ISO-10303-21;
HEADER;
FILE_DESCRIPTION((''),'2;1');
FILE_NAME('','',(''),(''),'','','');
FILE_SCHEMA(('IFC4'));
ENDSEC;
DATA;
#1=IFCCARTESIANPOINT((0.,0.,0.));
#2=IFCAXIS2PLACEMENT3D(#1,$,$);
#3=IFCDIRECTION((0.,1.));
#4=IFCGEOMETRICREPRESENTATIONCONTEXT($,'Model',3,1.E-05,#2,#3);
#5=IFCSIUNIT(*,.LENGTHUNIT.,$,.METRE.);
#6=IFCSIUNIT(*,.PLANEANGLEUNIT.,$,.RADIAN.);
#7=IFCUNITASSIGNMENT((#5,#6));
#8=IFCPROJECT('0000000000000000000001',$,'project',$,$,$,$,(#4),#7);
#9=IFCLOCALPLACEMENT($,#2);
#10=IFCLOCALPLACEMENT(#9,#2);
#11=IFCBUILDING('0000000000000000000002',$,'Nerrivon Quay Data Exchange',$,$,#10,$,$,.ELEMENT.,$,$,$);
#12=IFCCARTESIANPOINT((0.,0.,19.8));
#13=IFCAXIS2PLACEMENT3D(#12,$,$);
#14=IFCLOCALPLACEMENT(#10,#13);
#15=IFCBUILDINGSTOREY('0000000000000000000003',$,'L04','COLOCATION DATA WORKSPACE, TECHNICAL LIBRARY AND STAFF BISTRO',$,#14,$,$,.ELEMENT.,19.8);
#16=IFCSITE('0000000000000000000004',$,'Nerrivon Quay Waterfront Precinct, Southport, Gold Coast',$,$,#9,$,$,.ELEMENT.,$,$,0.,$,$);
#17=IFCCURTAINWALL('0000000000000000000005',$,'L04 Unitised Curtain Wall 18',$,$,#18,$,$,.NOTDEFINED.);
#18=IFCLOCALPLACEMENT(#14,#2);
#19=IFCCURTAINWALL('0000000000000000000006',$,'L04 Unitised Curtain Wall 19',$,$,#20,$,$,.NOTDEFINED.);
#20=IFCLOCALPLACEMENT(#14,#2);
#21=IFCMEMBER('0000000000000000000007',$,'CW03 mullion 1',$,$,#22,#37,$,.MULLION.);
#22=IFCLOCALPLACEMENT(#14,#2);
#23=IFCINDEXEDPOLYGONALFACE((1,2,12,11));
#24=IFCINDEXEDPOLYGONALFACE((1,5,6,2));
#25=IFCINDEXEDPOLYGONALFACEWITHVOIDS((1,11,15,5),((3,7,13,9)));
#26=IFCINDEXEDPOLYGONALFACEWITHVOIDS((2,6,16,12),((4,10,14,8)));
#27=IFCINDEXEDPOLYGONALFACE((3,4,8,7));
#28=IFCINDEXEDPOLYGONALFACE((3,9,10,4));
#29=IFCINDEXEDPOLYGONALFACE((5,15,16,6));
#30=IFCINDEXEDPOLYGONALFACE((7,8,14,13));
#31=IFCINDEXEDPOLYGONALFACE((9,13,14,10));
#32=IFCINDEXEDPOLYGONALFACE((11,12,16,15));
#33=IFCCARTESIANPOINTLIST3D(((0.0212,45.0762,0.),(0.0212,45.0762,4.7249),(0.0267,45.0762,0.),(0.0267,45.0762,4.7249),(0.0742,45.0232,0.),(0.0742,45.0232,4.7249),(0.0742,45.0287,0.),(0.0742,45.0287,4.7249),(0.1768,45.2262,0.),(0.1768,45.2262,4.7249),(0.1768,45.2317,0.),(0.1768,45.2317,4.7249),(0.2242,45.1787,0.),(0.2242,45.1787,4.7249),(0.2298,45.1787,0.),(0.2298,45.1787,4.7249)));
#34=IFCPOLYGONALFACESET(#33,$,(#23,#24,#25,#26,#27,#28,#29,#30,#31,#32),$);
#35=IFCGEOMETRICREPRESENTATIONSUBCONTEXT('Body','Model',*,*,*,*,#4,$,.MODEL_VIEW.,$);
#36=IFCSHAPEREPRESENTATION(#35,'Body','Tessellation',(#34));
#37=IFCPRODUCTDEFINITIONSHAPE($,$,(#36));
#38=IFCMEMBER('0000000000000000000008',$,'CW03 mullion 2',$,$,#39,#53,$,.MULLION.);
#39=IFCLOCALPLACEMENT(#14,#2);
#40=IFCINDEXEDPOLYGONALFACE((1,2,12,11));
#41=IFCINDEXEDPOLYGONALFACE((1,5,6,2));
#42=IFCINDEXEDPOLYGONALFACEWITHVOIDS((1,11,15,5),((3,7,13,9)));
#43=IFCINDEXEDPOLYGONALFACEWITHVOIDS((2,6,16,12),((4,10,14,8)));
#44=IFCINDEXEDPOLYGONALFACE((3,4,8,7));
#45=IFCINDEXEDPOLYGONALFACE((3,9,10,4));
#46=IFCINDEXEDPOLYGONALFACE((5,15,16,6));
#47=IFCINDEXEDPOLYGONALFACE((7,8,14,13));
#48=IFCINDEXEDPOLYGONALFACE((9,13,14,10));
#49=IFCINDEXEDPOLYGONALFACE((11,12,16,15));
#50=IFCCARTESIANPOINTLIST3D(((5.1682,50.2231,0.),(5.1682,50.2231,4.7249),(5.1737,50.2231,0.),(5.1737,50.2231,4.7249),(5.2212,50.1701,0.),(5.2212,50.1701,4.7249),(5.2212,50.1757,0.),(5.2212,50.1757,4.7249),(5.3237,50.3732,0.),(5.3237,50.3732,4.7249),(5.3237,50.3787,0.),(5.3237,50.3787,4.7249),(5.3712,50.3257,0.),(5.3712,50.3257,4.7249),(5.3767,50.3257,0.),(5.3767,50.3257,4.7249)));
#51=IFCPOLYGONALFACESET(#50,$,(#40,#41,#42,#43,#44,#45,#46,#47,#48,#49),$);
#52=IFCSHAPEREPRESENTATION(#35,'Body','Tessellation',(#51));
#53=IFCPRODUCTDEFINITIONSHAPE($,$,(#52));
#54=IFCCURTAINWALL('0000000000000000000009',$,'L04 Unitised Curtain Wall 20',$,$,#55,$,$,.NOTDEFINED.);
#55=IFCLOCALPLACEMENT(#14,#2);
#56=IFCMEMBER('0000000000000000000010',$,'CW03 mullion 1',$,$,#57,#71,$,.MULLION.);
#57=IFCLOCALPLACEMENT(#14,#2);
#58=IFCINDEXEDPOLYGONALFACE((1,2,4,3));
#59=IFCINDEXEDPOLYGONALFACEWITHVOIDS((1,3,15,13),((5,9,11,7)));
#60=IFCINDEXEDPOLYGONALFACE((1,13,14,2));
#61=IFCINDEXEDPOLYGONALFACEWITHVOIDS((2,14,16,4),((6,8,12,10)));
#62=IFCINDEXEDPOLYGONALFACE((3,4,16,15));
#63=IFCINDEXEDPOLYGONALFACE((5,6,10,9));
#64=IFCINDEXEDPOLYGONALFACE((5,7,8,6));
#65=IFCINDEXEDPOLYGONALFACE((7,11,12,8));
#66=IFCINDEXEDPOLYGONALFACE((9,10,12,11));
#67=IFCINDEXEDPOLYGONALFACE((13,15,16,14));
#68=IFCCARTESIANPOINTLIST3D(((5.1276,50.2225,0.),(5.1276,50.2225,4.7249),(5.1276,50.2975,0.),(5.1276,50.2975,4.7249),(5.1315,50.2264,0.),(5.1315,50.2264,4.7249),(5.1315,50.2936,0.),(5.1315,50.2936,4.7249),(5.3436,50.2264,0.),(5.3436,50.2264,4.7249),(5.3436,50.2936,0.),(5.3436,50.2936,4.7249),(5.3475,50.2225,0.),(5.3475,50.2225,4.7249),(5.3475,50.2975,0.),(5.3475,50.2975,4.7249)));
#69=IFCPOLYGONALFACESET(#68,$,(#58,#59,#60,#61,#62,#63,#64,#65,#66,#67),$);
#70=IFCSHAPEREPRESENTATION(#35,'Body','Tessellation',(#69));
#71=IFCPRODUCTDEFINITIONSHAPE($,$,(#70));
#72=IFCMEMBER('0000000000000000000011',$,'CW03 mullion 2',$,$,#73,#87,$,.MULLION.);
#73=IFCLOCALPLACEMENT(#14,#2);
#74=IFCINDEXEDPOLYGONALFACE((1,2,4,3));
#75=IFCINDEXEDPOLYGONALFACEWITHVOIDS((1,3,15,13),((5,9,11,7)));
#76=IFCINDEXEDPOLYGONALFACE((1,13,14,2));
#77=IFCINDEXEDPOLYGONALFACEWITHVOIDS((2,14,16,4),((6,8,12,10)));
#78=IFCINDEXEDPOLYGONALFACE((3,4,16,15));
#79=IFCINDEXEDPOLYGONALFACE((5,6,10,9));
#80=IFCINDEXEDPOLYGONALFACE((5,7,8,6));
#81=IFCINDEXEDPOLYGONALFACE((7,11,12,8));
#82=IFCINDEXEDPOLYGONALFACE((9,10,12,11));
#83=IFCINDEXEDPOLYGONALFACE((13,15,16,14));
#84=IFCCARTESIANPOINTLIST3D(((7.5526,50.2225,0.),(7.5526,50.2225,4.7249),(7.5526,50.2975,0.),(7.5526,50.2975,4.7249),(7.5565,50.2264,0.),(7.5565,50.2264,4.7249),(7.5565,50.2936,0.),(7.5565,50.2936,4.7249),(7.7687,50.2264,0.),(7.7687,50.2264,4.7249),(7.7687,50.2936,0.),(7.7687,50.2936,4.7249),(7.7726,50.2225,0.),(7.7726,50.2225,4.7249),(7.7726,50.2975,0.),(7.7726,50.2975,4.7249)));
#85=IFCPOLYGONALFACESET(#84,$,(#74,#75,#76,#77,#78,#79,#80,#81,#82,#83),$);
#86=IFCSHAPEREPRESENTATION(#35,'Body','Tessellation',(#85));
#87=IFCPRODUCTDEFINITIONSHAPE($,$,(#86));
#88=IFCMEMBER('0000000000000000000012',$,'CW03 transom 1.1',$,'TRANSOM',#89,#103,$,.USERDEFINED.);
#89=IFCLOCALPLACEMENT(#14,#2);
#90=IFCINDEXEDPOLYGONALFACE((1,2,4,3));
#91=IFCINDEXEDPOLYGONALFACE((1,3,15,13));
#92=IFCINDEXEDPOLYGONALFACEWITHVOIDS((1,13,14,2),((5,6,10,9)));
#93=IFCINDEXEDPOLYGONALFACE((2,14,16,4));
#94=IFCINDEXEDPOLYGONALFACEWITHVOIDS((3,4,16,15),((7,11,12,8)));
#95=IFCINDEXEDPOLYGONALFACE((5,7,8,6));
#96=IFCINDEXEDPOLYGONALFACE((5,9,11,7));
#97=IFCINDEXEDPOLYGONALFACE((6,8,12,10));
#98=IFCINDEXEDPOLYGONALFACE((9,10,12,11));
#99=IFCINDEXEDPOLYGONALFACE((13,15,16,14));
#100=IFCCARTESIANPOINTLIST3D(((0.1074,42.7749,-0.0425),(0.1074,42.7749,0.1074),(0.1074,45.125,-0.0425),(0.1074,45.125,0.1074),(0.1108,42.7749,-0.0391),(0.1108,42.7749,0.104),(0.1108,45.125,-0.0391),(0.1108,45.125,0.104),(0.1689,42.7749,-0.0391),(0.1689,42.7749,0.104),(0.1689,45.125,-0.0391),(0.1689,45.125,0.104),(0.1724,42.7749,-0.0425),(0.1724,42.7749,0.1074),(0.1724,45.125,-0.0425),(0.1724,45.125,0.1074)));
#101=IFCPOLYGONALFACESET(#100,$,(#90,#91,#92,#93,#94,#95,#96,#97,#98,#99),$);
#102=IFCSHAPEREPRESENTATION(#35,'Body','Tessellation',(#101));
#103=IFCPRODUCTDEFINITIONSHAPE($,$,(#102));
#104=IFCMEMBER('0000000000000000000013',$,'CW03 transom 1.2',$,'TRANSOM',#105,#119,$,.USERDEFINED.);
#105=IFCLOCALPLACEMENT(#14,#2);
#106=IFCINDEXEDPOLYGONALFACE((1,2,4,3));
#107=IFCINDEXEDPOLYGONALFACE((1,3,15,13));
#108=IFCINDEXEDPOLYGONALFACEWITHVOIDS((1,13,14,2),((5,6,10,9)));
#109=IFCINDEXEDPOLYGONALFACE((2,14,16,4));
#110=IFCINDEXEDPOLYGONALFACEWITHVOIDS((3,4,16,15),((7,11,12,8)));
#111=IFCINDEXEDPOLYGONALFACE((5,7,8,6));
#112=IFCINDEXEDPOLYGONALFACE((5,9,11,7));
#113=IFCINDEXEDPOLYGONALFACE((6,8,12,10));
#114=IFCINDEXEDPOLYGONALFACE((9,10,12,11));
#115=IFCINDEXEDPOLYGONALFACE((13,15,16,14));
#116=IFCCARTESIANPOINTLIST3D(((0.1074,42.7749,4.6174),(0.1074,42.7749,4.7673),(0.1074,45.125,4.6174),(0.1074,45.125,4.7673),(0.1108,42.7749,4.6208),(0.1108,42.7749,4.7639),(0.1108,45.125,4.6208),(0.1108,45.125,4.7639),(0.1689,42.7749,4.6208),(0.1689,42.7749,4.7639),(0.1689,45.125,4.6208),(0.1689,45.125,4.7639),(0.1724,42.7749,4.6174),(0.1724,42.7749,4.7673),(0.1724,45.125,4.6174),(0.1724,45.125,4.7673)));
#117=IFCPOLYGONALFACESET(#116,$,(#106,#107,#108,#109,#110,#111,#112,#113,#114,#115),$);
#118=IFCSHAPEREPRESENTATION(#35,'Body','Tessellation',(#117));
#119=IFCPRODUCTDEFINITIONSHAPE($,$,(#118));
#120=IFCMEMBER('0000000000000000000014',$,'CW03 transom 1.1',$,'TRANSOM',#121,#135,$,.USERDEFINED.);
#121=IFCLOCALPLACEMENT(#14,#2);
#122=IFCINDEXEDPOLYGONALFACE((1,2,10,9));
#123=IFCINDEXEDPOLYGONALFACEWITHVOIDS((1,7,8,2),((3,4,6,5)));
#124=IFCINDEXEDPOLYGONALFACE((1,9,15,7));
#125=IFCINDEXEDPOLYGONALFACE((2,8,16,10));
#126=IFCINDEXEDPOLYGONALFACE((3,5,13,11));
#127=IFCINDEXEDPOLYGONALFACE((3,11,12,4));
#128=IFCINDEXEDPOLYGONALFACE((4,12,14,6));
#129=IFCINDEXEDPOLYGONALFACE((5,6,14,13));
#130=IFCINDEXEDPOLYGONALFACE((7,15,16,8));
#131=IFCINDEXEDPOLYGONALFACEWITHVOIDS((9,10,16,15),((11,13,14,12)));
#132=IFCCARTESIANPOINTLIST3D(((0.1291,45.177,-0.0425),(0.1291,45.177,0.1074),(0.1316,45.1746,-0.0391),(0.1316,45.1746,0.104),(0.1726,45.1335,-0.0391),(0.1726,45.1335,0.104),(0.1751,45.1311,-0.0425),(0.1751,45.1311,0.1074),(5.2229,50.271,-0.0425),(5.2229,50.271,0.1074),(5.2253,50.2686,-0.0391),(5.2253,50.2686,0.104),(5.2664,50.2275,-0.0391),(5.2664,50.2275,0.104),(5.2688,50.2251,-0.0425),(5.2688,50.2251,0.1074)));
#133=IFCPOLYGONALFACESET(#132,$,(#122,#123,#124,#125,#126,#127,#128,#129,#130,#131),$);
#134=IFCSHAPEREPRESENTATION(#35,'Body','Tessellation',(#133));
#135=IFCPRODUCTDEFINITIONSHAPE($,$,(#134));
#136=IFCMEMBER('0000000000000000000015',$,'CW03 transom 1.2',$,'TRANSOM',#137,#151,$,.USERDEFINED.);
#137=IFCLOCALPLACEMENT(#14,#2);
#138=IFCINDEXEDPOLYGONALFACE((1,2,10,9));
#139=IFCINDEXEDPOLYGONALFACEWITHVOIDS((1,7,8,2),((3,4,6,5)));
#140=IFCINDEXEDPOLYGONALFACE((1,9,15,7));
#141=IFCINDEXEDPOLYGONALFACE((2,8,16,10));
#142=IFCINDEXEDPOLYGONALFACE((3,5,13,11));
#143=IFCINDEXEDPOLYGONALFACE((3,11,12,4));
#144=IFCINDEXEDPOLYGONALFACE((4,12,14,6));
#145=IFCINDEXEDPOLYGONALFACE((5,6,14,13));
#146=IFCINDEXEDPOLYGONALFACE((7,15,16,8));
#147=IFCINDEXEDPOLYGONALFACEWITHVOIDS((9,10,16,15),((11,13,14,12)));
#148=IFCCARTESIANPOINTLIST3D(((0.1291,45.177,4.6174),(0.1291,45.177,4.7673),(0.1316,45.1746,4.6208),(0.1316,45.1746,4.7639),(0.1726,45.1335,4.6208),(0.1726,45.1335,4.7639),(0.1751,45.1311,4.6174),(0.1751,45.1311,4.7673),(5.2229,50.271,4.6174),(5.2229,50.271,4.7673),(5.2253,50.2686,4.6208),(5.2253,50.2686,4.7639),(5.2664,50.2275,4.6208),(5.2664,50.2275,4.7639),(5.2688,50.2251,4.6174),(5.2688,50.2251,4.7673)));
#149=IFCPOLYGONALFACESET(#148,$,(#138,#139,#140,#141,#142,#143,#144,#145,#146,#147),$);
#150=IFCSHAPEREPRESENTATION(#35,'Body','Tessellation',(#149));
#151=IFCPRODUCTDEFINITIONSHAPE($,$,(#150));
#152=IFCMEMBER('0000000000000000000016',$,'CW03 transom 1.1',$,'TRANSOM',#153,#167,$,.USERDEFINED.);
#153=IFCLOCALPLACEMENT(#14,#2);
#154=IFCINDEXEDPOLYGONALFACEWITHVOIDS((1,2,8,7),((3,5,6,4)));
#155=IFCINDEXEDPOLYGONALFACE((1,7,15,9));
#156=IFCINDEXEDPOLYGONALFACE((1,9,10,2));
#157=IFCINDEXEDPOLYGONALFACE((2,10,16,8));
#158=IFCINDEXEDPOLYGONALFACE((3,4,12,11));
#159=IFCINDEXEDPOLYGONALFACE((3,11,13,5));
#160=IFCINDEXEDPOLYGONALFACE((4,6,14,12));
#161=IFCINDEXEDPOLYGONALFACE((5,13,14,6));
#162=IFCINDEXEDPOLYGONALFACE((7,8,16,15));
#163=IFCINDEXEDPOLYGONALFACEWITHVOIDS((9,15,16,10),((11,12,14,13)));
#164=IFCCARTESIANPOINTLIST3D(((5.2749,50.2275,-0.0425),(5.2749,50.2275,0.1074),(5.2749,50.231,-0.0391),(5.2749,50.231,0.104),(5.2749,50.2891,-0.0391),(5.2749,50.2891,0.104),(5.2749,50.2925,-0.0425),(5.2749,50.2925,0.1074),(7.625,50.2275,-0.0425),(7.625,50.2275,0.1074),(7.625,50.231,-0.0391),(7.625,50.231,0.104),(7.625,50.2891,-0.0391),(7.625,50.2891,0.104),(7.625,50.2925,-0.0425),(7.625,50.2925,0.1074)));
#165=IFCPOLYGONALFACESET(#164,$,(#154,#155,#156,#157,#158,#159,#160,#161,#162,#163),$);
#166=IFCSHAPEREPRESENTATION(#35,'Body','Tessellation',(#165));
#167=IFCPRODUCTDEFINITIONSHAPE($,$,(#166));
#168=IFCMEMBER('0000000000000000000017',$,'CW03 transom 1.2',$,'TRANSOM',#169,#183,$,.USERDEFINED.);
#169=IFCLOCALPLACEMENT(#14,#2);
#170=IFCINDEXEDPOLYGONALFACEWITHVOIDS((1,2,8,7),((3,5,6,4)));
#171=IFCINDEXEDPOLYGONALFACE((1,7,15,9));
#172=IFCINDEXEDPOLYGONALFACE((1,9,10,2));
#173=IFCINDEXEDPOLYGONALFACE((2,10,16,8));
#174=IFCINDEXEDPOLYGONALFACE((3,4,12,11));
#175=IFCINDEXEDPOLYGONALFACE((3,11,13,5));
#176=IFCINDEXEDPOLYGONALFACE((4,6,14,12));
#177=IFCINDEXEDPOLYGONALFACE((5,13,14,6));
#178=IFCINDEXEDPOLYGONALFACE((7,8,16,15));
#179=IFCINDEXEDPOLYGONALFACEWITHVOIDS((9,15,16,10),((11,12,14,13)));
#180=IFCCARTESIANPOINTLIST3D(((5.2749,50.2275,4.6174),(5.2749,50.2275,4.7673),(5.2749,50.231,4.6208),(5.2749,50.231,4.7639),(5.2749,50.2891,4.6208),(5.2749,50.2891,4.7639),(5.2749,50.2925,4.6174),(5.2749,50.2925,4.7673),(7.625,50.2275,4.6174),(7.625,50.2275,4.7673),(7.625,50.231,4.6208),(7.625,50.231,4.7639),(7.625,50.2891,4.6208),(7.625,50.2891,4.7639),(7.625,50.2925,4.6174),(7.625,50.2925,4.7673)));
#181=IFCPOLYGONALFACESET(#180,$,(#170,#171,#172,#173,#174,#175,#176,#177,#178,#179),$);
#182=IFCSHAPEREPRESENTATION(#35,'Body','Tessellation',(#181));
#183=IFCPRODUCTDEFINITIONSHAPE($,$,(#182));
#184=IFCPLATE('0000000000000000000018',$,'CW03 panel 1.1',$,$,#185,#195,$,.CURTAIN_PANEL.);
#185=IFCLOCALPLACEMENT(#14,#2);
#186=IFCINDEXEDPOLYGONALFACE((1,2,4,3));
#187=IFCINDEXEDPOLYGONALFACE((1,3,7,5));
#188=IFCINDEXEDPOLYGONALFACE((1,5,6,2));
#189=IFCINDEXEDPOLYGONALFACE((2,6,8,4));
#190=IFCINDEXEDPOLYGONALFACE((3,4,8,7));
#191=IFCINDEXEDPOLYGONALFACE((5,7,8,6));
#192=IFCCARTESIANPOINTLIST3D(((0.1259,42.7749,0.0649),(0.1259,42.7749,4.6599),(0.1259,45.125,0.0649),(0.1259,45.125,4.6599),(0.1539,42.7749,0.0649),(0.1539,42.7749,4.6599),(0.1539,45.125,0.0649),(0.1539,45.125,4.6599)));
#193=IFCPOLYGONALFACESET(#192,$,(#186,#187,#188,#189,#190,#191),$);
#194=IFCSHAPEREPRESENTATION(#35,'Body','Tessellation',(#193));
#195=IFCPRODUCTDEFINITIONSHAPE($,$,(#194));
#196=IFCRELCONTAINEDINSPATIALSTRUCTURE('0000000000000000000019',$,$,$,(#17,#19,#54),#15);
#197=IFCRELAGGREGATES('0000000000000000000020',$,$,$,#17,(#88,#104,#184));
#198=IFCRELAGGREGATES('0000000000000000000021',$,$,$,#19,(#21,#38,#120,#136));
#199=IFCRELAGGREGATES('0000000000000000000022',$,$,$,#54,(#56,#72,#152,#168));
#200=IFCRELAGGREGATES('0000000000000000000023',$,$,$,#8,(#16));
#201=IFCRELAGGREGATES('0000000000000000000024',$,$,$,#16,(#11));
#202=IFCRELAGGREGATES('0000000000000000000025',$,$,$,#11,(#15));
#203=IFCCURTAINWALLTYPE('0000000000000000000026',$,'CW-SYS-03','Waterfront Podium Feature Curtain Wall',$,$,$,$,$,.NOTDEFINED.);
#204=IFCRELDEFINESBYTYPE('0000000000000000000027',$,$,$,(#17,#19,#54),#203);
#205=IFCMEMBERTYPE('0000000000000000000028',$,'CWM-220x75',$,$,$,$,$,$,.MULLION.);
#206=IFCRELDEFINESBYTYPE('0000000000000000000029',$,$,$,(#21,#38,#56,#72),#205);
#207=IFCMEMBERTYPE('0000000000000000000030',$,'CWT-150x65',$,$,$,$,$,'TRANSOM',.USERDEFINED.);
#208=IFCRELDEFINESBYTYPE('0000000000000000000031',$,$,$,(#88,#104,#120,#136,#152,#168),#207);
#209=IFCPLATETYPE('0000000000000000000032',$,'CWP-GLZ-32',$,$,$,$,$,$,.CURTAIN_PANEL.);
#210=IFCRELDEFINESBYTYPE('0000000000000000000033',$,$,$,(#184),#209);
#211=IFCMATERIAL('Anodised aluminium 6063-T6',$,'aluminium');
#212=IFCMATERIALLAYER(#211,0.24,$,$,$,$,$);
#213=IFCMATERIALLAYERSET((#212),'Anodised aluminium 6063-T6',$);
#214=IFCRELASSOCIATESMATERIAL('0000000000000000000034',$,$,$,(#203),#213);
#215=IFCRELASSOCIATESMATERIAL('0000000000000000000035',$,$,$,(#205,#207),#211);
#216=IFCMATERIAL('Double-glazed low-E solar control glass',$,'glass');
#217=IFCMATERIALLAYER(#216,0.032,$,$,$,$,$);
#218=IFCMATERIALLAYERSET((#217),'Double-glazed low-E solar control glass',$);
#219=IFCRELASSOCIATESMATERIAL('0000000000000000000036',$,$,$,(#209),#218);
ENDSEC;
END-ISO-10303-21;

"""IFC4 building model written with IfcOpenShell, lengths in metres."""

from ifc_helpers import new_model, si_unit, direction, frame, origin, origin_2d, place, context, subcontext, project, spatial, rectangle, hollow_rectangle, extrude, material, layer, layer_set, material_profile, profile_set, type_object, element, aggregate, save


model = new_model("IFC4")

# Units and contexts
model_context = context("Model", 3, precision=1e-05, world=origin(), true_north=direction((0.0, 1.0)))
body_context = subcontext(model_context, "Body", "Model", "MODEL_VIEW")
ifc_project = project(units=[si_unit("LENGTHUNIT", "METRE"), si_unit("PLANEANGLEUNIT", "RADIAN")], contexts=[model_context])

# Site, building, storey
site_placement = place(None, origin())
site = spatial("IfcSite", under=ifc_project, at=site_placement, Name="Nerrivon Quay Waterfront Precinct, Southport, Gold Coast", CompositionType="ELEMENT", RefElevation=0.0)
building_placement = place(site_placement, origin())
building = spatial("IfcBuilding", under=site, at=building_placement, Name="Nerrivon Quay Data Exchange", CompositionType="ELEMENT")
storey_placement = place(building_placement, frame((0.0, 0.0, 19.8)))
storey = spatial("IfcBuildingStorey", under=building, at=storey_placement, Name="L04", Description="COLOCATION DATA WORKSPACE, TECHNICAL LIBRARY AND STAFF BISTRO", CompositionType="ELEMENT", Elevation=19.8)

# Shared definitions
ifc_material_1 = material(Name="Anodised aluminium 6063-T6", Category="aluminium")
ifc_layer_1 = layer(ifc_material_1, 0.24)
ifc_layer_set_1 = layer_set([ifc_layer_1], Name="Anodised aluminium 6063-T6")
curtain_wall_type = type_object("IfcCurtainWallType", Name="CW-SYS-03", Description="Waterfront Podium Feature Curtain Wall", PredefinedType="NOTDEFINED", material=ifc_layer_set_1)
ifc_material_profile_1 = material_profile(ifc_material_1, hollow_rectangle(XDim=0.075, YDim=0.22, WallThickness=0.0039, at=origin_2d()), Name="ALU-MULL-220x75")
ifc_profile_set_1 = profile_set([ifc_material_profile_1], Name="Anodised aluminium 6063-T6")
member_type_1 = type_object("IfcMemberType", Name="CWM-220x75", PredefinedType="MULLION", material=ifc_profile_set_1)

# Curtain walls, members
curtain_wall_1_placement = place(storey_placement, origin())
curtain_wall_1 = element("IfcCurtainWall", 1, at=curtain_wall_1_placement, inside=storey, type_object=curtain_wall_type, Name="L04 Unitised Curtain Wall 18", PredefinedType="NOTDEFINED")
curtain_wall_2_placement = place(storey_placement, origin())
curtain_wall_2 = element("IfcCurtainWall", 2, at=curtain_wall_2_placement, inside=storey, type_object=curtain_wall_type, Name="L04 Unitised Curtain Wall 19", PredefinedType="NOTDEFINED")
member_1_placement = place(storey_placement, frame((0.1255, 45.1274, 0.0), z_axis=(0.0, 0.0, 1.0), x_axis=(-0.707107, 0.707107, 0.0)))
member_1 = element("IfcMember", 3, at=member_1_placement, type_object=member_type_1, Name="CW03 mullion 1", PredefinedType="MULLION", context=body_context, shape_type="SweptSolid", body=[
    extrude(hollow_rectangle(XDim=0.075, YDim=0.22, WallThickness=0.0039, at=origin_2d()), origin(), (0.0, 0.0, 1.0), 4.7249),
])
member_2_placement = place(storey_placement, frame((5.2725, 50.2744, 0.0), z_axis=(0.0, 0.0, 1.0), x_axis=(-0.707107, 0.707107, 0.0)))
member_2 = element("IfcMember", 4, at=member_2_placement, type_object=member_type_1, Name="CW03 mullion 2", PredefinedType="MULLION", context=body_context, shape_type="SweptSolid", body=[
    extrude(hollow_rectangle(XDim=0.075, YDim=0.22, WallThickness=0.0039, at=origin_2d()), origin(), (0.0, 0.0, 1.0), 4.7249),
])
curtain_wall_3_placement = place(storey_placement, origin())
curtain_wall_3 = element("IfcCurtainWall", 5, at=curtain_wall_3_placement, inside=storey, type_object=curtain_wall_type, Name="L04 Unitised Curtain Wall 20", PredefinedType="NOTDEFINED")
member_3_placement = place(storey_placement, frame((5.2375, 50.26, 0.0), z_axis=(0.0, 0.0, 1.0), x_axis=(0.0, 1.0, 0.0)))
member_3 = element("IfcMember", 6, at=member_3_placement, type_object=member_type_1, Name="CW03 mullion 1", PredefinedType="MULLION", context=body_context, shape_type="SweptSolid", body=[
    extrude(hollow_rectangle(XDim=0.075, YDim=0.22, WallThickness=0.0039, at=origin_2d()), origin(), (0.0, 0.0, 1.0), 4.7249),
])
member_4_placement = place(storey_placement, frame((7.6626, 50.26, 0.0), z_axis=(0.0, 0.0, 1.0), x_axis=(0.0, 1.0, 0.0)))
member_4 = element("IfcMember", 7, at=member_4_placement, type_object=member_type_1, Name="CW03 mullion 2", PredefinedType="MULLION", context=body_context, shape_type="SweptSolid", body=[
    extrude(hollow_rectangle(XDim=0.075, YDim=0.22, WallThickness=0.0039, at=origin_2d()), origin(), (0.0, 0.0, 1.0), 4.7249),
])

# Members
ifc_material_profile_2 = material_profile(ifc_material_1, hollow_rectangle(XDim=0.0649, YDim=0.1499, WallThickness=0.0034, at=origin_2d()), Name="ALU-TRAN-150x65")
ifc_profile_set_2 = profile_set([ifc_material_profile_2], Name="Anodised aluminium 6063-T6")
member_type_2 = type_object("IfcMemberType", Name="CWT-150x65", ElementType="TRANSOM", PredefinedType="USERDEFINED", material=ifc_profile_set_2)
member_5_placement = place(storey_placement, frame((0.1399, 42.7749, 0.0325), z_axis=(0.0, 1.0, 0.0), x_axis=(-1.0, 0.0, 0.0)))
member_5 = element("IfcMember", 8, at=member_5_placement, type_object=member_type_2, Name="CW03 transom 1.1", ObjectType="TRANSOM", PredefinedType="USERDEFINED", context=body_context, shape_type="SweptSolid", body=[
    extrude(hollow_rectangle(XDim=0.0649, YDim=0.1499, WallThickness=0.0034, at=origin_2d()), origin(), (0.0, 0.0, 1.0), 2.3501),
])
member_6_placement = place(storey_placement, frame((0.1399, 42.7749, 4.6924), z_axis=(0.0, 1.0, 0.0), x_axis=(-1.0, 0.0, 0.0)))
member_6 = element("IfcMember", 9, at=member_6_placement, type_object=member_type_2, Name="CW03 transom 1.2", ObjectType="TRANSOM", PredefinedType="USERDEFINED", context=body_context, shape_type="SweptSolid", body=[
    extrude(hollow_rectangle(XDim=0.0649, YDim=0.1499, WallThickness=0.0034, at=origin_2d()), origin(), (0.0, 0.0, 1.0), 2.3501),
])
member_7_placement = place(storey_placement, frame((0.1521, 45.1541, 0.0325), z_axis=(0.70709, 0.707124, 0.0), x_axis=(-0.707124, 0.70709, 0.0)))
member_7 = element("IfcMember", 10, at=member_7_placement, type_object=member_type_2, Name="CW03 transom 1.1", ObjectType="TRANSOM", PredefinedType="USERDEFINED", context=body_context, shape_type="SweptSolid", body=[
    extrude(hollow_rectangle(XDim=0.0649, YDim=0.1499, WallThickness=0.0034, at=origin_2d()), origin(), (0.0, 0.0, 1.0), 7.2039),
])
member_8_placement = place(storey_placement, frame((0.1521, 45.1541, 4.6924), z_axis=(0.70709, 0.707124, 0.0), x_axis=(-0.707124, 0.70709, 0.0)))
member_8 = element("IfcMember", 11, at=member_8_placement, type_object=member_type_2, Name="CW03 transom 1.2", ObjectType="TRANSOM", PredefinedType="USERDEFINED", context=body_context, shape_type="SweptSolid", body=[
    extrude(hollow_rectangle(XDim=0.0649, YDim=0.1499, WallThickness=0.0034, at=origin_2d()), origin(), (0.0, 0.0, 1.0), 7.2039),
])
member_9_placement = place(storey_placement, frame((5.2749, 50.26, 0.0325), z_axis=(1.0, 0.0, 0.0), x_axis=(0.0, 1.0, 0.0)))
member_9 = element("IfcMember", 12, at=member_9_placement, type_object=member_type_2, Name="CW03 transom 1.1", ObjectType="TRANSOM", PredefinedType="USERDEFINED", context=body_context, shape_type="SweptSolid", body=[
    extrude(hollow_rectangle(XDim=0.0649, YDim=0.1499, WallThickness=0.0034, at=origin_2d()), origin(), (0.0, 0.0, 1.0), 2.3501),
])
member_10_placement = place(storey_placement, frame((5.2749, 50.26, 4.6924), z_axis=(1.0, 0.0, 0.0), x_axis=(0.0, 1.0, 0.0)))
member_10 = element("IfcMember", 13, at=member_10_placement, type_object=member_type_2, Name="CW03 transom 1.2", ObjectType="TRANSOM", PredefinedType="USERDEFINED", context=body_context, shape_type="SweptSolid", body=[
    extrude(hollow_rectangle(XDim=0.0649, YDim=0.1499, WallThickness=0.0034, at=origin_2d()), origin(), (0.0, 0.0, 1.0), 2.3501),
])

# Plate
ifc_material_2 = material(Name="Double-glazed low-E solar control glass", Category="glass")
ifc_layer_2 = layer(ifc_material_2, 0.032)
ifc_layer_set_2 = layer_set([ifc_layer_2], Name="Double-glazed low-E solar control glass")
plate_type = type_object("IfcPlateType", Name="CWP-GLZ-32", PredefinedType="CURTAIN_PANEL", material=ifc_layer_set_2)
plate_1_placement = place(storey_placement, frame((0.1399, 43.95, 0.0649), z_axis=(0.0, 0.0, 1.0), x_axis=(0.0, 1.0, 0.0)))
plate_1 = element("IfcPlate", 14, at=plate_1_placement, type_object=plate_type, Name="CW03 panel 1.1", PredefinedType="CURTAIN_PANEL", context=body_context, shape_type="SweptSolid", body=[
    extrude(rectangle(XDim=2.3501, YDim=0.0281, at=origin_2d()), origin(), (0.0, 0.0, 1.0), 4.595),
])
aggregate(curtain_wall_1, [member_5, member_6, plate_1])
aggregate(curtain_wall_2, [member_1, member_2, member_7, member_8])
aggregate(curtain_wall_3, [member_3, member_4, member_9, member_10])

save(model, "model.ifc")
